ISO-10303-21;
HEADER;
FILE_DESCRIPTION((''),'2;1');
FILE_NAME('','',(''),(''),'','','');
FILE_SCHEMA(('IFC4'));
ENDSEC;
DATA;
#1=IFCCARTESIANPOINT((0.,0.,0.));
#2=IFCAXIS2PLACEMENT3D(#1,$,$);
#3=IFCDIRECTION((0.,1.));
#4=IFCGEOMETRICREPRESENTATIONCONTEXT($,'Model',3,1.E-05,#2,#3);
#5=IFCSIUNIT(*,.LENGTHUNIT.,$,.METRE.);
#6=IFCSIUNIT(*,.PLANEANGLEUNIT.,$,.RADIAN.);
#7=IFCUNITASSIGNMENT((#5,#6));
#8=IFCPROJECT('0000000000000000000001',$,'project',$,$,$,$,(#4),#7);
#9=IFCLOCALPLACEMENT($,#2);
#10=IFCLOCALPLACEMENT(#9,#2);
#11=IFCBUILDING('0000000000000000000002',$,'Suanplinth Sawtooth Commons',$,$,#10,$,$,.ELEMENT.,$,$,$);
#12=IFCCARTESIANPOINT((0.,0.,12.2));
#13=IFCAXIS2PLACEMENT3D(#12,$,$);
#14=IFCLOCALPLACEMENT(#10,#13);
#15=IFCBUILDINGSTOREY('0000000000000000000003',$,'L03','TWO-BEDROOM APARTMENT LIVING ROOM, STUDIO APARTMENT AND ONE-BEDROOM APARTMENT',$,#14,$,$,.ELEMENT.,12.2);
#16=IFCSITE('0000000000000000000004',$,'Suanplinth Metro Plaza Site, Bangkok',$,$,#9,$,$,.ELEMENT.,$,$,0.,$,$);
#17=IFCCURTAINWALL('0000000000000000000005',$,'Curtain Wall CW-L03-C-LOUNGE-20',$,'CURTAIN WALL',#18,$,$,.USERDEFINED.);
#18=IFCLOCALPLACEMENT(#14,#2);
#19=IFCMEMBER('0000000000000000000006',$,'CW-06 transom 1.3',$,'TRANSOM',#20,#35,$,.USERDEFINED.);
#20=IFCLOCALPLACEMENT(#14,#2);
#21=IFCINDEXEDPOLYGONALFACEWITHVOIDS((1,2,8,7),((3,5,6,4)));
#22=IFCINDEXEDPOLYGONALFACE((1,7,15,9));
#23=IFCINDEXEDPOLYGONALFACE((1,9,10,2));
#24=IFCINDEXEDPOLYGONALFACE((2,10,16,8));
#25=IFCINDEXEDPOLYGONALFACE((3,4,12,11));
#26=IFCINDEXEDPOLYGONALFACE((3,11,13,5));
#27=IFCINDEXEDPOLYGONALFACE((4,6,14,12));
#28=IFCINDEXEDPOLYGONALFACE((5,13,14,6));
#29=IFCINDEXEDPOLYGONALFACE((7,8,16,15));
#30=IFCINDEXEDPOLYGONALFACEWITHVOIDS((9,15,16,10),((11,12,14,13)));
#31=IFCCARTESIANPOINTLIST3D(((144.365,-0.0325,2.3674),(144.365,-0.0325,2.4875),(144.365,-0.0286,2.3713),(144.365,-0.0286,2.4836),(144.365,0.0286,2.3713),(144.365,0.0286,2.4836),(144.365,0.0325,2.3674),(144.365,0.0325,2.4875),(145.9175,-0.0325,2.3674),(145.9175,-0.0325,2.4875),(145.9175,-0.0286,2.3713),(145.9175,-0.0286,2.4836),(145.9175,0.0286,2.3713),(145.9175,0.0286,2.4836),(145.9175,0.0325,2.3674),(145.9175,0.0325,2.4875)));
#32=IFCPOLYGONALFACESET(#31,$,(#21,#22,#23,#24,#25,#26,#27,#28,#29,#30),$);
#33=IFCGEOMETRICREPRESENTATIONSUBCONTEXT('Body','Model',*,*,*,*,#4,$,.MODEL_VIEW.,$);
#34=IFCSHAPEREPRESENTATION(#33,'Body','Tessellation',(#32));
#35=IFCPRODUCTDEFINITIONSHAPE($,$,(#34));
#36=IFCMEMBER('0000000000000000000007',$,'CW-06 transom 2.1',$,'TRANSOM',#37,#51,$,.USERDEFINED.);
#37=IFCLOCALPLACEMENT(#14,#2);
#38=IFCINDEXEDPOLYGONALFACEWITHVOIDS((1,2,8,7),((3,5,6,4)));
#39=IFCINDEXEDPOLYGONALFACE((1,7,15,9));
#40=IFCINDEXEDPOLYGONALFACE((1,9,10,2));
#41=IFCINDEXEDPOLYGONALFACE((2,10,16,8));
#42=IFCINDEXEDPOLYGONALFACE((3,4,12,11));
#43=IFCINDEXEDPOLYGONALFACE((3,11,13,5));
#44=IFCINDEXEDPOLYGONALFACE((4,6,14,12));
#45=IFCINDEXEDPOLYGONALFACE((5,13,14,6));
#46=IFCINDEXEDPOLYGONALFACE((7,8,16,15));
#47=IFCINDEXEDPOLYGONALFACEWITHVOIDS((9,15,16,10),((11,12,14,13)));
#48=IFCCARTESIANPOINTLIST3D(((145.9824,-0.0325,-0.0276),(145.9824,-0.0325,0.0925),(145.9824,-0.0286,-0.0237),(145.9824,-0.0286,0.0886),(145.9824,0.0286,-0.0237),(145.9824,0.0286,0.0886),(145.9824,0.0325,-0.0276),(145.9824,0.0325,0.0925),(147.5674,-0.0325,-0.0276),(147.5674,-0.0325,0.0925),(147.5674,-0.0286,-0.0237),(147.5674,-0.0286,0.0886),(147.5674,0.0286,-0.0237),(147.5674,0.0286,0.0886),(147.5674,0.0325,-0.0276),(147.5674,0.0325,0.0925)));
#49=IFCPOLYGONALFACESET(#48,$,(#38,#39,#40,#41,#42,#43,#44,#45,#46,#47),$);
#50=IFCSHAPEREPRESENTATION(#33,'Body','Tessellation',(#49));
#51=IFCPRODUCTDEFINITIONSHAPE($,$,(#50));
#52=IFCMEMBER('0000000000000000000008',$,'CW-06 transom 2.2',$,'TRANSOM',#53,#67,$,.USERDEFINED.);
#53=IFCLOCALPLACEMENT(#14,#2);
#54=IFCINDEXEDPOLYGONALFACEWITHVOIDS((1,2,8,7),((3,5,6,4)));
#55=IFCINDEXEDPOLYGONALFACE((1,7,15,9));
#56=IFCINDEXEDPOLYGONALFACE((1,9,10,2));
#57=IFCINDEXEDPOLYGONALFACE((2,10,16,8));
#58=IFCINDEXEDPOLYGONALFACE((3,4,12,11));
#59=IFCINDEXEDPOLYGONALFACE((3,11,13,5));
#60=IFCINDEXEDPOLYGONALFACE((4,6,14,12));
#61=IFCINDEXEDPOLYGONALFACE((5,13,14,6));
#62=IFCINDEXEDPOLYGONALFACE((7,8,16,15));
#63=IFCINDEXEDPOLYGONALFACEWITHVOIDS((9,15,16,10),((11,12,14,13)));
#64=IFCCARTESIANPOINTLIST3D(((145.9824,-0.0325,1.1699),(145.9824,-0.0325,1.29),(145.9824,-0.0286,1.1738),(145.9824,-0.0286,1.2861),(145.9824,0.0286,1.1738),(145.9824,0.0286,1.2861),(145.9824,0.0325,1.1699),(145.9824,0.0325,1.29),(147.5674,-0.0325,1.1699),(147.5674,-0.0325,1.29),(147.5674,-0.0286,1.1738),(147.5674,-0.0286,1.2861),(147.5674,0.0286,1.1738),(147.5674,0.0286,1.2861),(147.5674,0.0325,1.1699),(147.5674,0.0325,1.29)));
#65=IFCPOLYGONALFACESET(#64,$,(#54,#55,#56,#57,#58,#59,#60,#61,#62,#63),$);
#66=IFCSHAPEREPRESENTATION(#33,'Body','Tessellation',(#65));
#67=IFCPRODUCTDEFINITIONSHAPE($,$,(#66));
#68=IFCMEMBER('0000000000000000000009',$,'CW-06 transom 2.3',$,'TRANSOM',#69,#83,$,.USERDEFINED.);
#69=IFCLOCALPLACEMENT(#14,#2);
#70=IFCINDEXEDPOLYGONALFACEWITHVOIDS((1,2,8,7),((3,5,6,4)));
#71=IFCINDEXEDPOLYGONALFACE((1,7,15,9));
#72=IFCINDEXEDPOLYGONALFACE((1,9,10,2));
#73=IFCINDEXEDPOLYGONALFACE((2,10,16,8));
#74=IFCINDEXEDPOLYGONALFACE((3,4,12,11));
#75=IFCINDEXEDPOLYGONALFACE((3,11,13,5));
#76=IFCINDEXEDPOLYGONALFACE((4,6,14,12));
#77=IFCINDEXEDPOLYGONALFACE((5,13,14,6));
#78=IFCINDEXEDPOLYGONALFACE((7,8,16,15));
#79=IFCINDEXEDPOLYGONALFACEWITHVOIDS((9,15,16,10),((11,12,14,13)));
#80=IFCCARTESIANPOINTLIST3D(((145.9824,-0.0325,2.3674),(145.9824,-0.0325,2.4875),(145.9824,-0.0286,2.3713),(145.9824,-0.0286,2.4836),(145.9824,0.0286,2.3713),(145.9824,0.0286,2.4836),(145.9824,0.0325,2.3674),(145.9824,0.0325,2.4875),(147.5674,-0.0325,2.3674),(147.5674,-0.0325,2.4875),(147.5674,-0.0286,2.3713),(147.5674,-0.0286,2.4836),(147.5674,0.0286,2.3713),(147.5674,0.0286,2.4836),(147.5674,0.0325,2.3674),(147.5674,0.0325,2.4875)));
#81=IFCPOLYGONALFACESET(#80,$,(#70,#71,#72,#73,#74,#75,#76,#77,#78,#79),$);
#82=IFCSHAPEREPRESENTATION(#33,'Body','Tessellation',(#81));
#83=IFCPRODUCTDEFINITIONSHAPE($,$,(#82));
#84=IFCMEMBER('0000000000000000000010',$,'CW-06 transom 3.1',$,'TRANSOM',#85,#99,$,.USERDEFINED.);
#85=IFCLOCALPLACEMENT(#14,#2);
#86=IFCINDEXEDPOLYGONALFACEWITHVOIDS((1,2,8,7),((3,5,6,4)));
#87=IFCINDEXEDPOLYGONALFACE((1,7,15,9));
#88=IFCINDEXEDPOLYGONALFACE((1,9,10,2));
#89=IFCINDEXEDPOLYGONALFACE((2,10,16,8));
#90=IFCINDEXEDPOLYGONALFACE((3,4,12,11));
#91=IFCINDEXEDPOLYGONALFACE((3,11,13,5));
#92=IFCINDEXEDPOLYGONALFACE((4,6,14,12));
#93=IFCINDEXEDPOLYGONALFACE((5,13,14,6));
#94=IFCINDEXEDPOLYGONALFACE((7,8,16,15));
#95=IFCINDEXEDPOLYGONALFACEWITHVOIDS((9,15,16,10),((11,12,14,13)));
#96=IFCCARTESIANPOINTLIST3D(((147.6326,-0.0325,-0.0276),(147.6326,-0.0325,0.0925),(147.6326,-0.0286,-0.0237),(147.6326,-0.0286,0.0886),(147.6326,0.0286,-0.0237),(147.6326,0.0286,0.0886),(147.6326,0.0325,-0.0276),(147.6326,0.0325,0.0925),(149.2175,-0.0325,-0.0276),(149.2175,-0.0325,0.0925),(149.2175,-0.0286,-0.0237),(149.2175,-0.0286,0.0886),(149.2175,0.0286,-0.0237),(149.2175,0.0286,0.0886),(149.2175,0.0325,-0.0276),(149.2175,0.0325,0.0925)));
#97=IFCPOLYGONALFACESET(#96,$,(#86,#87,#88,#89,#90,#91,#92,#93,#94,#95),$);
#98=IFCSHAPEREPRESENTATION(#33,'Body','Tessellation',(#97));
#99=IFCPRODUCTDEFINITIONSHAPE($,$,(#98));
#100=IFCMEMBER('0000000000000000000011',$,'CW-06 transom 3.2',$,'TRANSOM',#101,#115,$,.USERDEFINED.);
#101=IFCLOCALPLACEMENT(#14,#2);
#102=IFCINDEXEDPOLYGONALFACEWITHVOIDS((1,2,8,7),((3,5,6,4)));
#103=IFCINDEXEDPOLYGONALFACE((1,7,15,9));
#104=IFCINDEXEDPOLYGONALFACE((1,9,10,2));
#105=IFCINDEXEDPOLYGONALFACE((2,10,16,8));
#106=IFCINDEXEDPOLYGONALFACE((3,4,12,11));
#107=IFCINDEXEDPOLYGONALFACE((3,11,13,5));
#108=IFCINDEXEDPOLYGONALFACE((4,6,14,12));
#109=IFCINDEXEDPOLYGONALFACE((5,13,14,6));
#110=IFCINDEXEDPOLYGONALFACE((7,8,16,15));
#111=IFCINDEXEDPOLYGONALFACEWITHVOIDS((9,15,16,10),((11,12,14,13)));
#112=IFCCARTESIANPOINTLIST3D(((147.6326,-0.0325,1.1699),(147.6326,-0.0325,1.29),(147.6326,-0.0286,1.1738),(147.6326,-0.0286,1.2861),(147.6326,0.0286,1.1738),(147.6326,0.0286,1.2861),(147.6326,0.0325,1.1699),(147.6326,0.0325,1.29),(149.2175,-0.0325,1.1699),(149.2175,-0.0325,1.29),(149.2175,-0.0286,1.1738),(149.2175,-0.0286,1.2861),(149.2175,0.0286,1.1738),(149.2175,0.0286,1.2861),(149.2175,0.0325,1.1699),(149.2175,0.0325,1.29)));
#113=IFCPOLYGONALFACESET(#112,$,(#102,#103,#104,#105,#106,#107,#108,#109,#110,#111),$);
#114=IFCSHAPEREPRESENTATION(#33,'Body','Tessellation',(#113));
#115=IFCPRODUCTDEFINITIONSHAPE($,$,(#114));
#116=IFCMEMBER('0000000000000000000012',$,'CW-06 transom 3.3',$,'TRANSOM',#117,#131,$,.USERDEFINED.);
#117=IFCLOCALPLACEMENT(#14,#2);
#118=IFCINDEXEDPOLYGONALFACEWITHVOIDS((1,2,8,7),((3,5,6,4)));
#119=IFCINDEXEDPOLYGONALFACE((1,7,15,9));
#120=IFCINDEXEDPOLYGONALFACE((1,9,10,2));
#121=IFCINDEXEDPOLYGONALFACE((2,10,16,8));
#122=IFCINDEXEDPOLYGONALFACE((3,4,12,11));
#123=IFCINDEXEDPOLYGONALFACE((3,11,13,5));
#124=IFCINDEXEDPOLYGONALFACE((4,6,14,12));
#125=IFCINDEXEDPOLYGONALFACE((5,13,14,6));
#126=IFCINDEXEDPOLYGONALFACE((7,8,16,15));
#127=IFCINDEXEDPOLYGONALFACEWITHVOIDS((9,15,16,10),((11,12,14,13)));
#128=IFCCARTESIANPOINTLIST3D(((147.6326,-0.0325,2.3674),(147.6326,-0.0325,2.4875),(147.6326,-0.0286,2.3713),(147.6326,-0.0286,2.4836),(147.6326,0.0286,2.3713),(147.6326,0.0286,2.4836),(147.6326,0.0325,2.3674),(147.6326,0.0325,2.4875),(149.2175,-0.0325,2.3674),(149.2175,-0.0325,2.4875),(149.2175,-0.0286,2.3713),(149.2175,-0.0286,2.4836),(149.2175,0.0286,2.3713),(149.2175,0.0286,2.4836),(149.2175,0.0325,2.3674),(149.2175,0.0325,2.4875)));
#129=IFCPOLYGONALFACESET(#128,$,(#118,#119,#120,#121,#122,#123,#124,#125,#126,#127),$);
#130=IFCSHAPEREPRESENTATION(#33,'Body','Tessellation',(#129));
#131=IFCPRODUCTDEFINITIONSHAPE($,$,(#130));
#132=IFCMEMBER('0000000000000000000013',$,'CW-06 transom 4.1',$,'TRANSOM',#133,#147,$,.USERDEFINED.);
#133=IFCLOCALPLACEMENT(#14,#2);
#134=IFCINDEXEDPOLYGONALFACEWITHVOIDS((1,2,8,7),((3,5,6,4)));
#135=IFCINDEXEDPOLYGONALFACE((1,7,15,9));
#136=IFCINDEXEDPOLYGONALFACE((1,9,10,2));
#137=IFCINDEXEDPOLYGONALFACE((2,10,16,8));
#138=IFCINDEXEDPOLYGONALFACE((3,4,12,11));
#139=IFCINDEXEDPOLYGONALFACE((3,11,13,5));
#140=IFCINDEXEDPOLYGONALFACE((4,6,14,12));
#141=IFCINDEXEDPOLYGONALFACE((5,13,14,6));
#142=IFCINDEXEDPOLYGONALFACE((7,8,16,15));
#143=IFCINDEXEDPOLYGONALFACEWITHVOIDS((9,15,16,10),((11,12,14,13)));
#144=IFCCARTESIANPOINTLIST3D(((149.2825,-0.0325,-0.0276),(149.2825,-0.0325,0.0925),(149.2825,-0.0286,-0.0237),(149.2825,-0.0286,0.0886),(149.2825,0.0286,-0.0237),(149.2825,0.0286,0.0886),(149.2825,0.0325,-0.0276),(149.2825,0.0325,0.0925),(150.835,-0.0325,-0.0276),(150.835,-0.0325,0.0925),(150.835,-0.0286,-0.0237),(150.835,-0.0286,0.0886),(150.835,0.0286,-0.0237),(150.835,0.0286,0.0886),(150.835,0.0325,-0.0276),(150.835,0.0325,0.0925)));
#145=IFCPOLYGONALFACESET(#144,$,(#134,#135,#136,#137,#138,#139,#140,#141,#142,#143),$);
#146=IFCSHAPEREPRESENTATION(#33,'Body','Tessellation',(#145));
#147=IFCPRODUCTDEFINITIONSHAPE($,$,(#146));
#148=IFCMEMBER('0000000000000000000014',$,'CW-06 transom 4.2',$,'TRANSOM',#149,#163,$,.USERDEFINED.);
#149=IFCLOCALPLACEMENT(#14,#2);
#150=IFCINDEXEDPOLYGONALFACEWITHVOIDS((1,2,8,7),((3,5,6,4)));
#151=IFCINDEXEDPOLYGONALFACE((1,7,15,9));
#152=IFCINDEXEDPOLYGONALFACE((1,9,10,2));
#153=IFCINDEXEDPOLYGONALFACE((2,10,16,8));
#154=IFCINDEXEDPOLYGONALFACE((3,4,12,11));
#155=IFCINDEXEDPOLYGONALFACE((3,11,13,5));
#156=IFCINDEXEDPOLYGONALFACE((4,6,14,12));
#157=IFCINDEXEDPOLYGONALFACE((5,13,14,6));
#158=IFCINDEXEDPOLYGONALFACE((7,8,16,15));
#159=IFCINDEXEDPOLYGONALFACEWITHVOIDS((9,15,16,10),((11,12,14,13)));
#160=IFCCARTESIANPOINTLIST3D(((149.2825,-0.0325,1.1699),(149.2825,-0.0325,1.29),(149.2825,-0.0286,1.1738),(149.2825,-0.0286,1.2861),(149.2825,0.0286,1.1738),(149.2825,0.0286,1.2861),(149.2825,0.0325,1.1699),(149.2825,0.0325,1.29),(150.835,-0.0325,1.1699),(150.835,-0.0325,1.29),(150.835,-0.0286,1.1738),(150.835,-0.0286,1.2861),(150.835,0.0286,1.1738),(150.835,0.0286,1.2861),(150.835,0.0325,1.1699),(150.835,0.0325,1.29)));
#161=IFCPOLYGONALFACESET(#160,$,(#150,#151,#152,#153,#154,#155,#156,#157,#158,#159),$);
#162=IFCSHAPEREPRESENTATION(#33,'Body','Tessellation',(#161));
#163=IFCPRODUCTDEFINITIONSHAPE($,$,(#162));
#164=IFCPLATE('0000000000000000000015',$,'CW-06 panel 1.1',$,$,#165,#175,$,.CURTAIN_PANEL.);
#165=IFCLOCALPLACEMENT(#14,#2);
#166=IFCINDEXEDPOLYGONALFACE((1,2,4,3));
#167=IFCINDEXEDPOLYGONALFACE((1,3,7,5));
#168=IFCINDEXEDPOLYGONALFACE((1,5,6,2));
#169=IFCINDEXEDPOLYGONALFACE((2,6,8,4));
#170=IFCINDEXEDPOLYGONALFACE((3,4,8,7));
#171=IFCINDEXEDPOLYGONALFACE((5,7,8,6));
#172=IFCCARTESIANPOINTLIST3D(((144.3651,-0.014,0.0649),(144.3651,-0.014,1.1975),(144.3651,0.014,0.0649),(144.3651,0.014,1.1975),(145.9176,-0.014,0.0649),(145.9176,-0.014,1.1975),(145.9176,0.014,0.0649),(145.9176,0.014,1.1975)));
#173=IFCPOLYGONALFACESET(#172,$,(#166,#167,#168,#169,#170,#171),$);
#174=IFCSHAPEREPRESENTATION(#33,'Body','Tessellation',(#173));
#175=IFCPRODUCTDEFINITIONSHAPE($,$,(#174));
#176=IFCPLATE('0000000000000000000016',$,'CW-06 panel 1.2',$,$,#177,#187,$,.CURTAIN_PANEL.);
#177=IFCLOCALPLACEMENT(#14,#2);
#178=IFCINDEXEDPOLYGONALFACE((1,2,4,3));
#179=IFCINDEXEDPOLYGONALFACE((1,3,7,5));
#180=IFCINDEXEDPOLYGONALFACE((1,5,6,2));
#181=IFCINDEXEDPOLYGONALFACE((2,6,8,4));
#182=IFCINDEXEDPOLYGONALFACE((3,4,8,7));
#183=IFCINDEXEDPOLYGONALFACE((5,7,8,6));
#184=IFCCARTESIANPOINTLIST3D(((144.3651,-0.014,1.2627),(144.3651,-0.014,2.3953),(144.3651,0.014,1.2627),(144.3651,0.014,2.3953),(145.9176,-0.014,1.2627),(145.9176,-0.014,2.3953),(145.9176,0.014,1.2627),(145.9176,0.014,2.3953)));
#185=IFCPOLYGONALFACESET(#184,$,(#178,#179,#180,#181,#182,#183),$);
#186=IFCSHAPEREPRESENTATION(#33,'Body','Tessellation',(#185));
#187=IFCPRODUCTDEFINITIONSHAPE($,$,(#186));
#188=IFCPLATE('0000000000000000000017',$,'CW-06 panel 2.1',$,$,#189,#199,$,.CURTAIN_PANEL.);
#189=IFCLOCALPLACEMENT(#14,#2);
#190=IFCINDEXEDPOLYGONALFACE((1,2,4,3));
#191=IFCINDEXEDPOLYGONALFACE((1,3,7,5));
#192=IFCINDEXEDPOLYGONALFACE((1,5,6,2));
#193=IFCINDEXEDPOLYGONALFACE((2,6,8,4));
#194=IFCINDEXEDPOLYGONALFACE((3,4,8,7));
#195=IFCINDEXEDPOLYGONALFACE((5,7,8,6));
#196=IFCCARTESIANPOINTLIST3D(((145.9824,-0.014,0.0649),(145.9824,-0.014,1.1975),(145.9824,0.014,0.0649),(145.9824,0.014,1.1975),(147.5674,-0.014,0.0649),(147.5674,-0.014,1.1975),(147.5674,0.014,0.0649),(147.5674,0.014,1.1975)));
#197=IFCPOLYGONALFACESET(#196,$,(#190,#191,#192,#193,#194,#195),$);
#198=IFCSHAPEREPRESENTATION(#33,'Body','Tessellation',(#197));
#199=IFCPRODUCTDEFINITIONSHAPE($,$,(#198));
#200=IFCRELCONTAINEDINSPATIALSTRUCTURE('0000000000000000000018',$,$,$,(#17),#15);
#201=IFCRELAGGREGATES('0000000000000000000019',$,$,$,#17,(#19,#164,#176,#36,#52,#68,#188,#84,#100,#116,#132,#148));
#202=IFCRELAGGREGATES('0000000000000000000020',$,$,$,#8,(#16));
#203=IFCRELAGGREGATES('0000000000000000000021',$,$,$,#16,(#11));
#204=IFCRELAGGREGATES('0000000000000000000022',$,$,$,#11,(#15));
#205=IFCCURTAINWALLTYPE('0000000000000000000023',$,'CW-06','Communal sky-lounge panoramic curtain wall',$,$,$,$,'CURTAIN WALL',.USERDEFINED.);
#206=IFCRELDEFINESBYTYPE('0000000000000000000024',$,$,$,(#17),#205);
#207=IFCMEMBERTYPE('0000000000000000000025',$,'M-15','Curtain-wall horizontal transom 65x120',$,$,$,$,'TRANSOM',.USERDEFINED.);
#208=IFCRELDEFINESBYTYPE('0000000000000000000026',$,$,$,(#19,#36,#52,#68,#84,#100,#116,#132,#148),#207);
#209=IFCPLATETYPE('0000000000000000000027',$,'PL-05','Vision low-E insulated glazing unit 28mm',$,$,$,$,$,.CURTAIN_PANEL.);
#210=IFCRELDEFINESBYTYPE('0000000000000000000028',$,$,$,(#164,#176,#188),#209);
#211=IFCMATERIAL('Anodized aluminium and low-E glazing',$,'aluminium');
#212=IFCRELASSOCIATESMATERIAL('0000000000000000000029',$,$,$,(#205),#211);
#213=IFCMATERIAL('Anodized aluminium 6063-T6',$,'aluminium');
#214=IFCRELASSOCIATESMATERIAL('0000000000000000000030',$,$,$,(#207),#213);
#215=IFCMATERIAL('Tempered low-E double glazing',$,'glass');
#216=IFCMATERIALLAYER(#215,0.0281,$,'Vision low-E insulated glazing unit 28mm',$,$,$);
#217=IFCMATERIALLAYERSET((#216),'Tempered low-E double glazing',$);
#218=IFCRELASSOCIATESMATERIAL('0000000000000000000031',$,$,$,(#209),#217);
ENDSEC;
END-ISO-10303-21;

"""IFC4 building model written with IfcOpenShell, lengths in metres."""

from ifc_helpers import new_model, si_unit, direction, frame, origin, origin_2d, place, context, subcontext, project, spatial, rectangle, hollow_rectangle, extrude, material, layer, layer_set, material_profile, profile_set, type_object, element, aggregate, save


model = new_model("IFC4")

# Units and contexts
model_context = context("Model", 3, precision=1e-05, world=origin(), true_north=direction((0.0, 1.0)))
body_context = subcontext(model_context, "Body", "Model", "MODEL_VIEW")
ifc_project = project(units=[si_unit("LENGTHUNIT", "METRE"), si_unit("PLANEANGLEUNIT", "RADIAN")], contexts=[model_context])

# Site, building, storey
site_placement = place(None, origin())
site = spatial("IfcSite", under=ifc_project, at=site_placement, Name="Suanplinth Metro Plaza Site, Bangkok", CompositionType="ELEMENT", RefElevation=0.0)
building_placement = place(site_placement, origin())
building = spatial("IfcBuilding", under=site, at=building_placement, Name="Suanplinth Sawtooth Commons", CompositionType="ELEMENT")
storey_placement = place(building_placement, frame((0.0, 0.0, 12.2)))
storey = spatial("IfcBuildingStorey", under=building, at=storey_placement, Name="L03", Description="TWO-BEDROOM APARTMENT LIVING ROOM, STUDIO APARTMENT AND ONE-BEDROOM APARTMENT", CompositionType="ELEMENT", Elevation=12.2)

# Curtain wall, members, plates
ifc_material_1 = material(Name="Anodized aluminium and low-E glazing", Category="aluminium")
curtain_wall_type = type_object("IfcCurtainWallType", Name="CW-06", Description="Communal sky-lounge panoramic curtain wall", ElementType="CURTAIN WALL", PredefinedType="USERDEFINED", material=ifc_material_1)
curtain_wall_placement = place(storey_placement, origin())
curtain_wall = element("IfcCurtainWall", 1, at=curtain_wall_placement, inside=storey, type_object=curtain_wall_type, Name="Curtain Wall CW-L03-C-LOUNGE-20", ObjectType="CURTAIN WALL", PredefinedType="USERDEFINED")
ifc_material_2 = material(Name="Anodized aluminium 6063-T6", Category="aluminium")
ifc_material_profile_1 = material_profile(ifc_material_2, hollow_rectangle(XDim=0.0649, YDim=0.1201, WallThickness=0.0039, at=origin_2d()), Name="ALU-TRN 65x120")
ifc_profile_set_1 = profile_set([ifc_material_profile_1], Name="Anodized aluminium 6063-T6")
member_type_1 = type_object("IfcMemberType", Name="M-15", Description="Curtain-wall horizontal transom 65x120", ElementType="TRANSOM", PredefinedType="USERDEFINED", material=ifc_profile_set_1)
member_1_placement = place(storey_placement, frame((144.365, 0.0, 2.4275), z_axis=(1.0, 0.0, 0.0), x_axis=(0.0, 1.0, 0.0)))
member_1 = element("IfcMember", 2, at=member_1_placement, type_object=member_type_1, Name="CW-06 transom 1.3", ObjectType="TRANSOM", PredefinedType="USERDEFINED", context=body_context, shape_type="SweptSolid", body=[
    extrude(hollow_rectangle(XDim=0.0649, YDim=0.1201, WallThickness=0.0039, at=origin_2d()), origin(), (0.0, 0.0, 1.0), 1.5525),
])
member_2_placement = place(storey_placement, frame((145.9824, 0.0, 0.0325), z_axis=(1.0, 0.0, 0.0), x_axis=(0.0, 1.0, 0.0)))
member_2 = element("IfcMember", 3, at=member_2_placement, type_object=member_type_1, Name="CW-06 transom 2.1", ObjectType="TRANSOM", PredefinedType="USERDEFINED", context=body_context, shape_type="SweptSolid", body=[
    extrude(hollow_rectangle(XDim=0.0649, YDim=0.1201, WallThickness=0.0039, at=origin_2d()), origin(), (0.0, 0.0, 1.0), 1.585),
])
member_3_placement = place(storey_placement, frame((145.9824, 0.0, 1.23), z_axis=(1.0, 0.0, 0.0), x_axis=(0.0, 1.0, 0.0)))
member_3 = element("IfcMember", 4, at=member_3_placement, type_object=member_type_1, Name="CW-06 transom 2.2", ObjectType="TRANSOM", PredefinedType="USERDEFINED", context=body_context, shape_type="SweptSolid", body=[
    extrude(hollow_rectangle(XDim=0.0649, YDim=0.1201, WallThickness=0.0039, at=origin_2d()), origin(), (0.0, 0.0, 1.0), 1.585),
])
member_4_placement = place(storey_placement, frame((145.9824, 0.0, 2.4275), z_axis=(1.0, 0.0, 0.0), x_axis=(0.0, 1.0, 0.0)))
member_4 = element("IfcMember", 5, at=member_4_placement, type_object=member_type_1, Name="CW-06 transom 2.3", ObjectType="TRANSOM", PredefinedType="USERDEFINED", context=body_context, shape_type="SweptSolid", body=[
    extrude(hollow_rectangle(XDim=0.0649, YDim=0.1201, WallThickness=0.0039, at=origin_2d()), origin(), (0.0, 0.0, 1.0), 1.585),
])
member_5_placement = place(storey_placement, frame((147.6326, 0.0, 0.0325), z_axis=(1.0, 0.0, 0.0), x_axis=(0.0, 1.0, 0.0)))
member_5 = element("IfcMember", 6, at=member_5_placement, type_object=member_type_1, Name="CW-06 transom 3.1", ObjectType="TRANSOM", PredefinedType="USERDEFINED", context=body_context, shape_type="SweptSolid", body=[
    extrude(hollow_rectangle(XDim=0.0649, YDim=0.1201, WallThickness=0.0039, at=origin_2d()), origin(), (0.0, 0.0, 1.0), 1.585),
])
member_6_placement = place(storey_placement, frame((147.6326, 0.0, 1.23), z_axis=(1.0, 0.0, 0.0), x_axis=(0.0, 1.0, 0.0)))
member_6 = element("IfcMember", 7, at=member_6_placement, type_object=member_type_1, Name="CW-06 transom 3.2", ObjectType="TRANSOM", PredefinedType="USERDEFINED", context=body_context, shape_type="SweptSolid", body=[
    extrude(hollow_rectangle(XDim=0.0649, YDim=0.1201, WallThickness=0.0039, at=origin_2d()), origin(), (0.0, 0.0, 1.0), 1.585),
])
member_7_placement = place(storey_placement, frame((147.6326, 0.0, 2.4275), z_axis=(1.0, 0.0, 0.0), x_axis=(0.0, 1.0, 0.0)))
member_7 = element("IfcMember", 8, at=member_7_placement, type_object=member_type_1, Name="CW-06 transom 3.3", ObjectType="TRANSOM", PredefinedType="USERDEFINED", context=body_context, shape_type="SweptSolid", body=[
    extrude(hollow_rectangle(XDim=0.0649, YDim=0.1201, WallThickness=0.0039, at=origin_2d()), origin(), (0.0, 0.0, 1.0), 1.585),
])
member_8_placement = place(storey_placement, frame((149.2825, 0.0, 0.0325), z_axis=(1.0, 0.0, 0.0), x_axis=(0.0, 1.0, 0.0)))
member_8 = element("IfcMember", 9, at=member_8_placement, type_object=member_type_1, Name="CW-06 transom 4.1", ObjectType="TRANSOM", PredefinedType="USERDEFINED", context=body_context, shape_type="SweptSolid", body=[
    extrude(hollow_rectangle(XDim=0.0649, YDim=0.1201, WallThickness=0.0039, at=origin_2d()), origin(), (0.0, 0.0, 1.0), 1.5525),
])
member_9_placement = place(storey_placement, frame((149.2825, 0.0, 1.23), z_axis=(1.0, 0.0, 0.0), x_axis=(0.0, 1.0, 0.0)))
member_9 = element("IfcMember", 10, at=member_9_placement, type_object=member_type_1, Name="CW-06 transom 4.2", ObjectType="TRANSOM", PredefinedType="USERDEFINED", context=body_context, shape_type="SweptSolid", body=[
    extrude(hollow_rectangle(XDim=0.0649, YDim=0.1201, WallThickness=0.0039, at=origin_2d()), origin(), (0.0, 0.0, 1.0), 1.5525),
])
ifc_material_3 = material(Name="Tempered low-E double glazing", Category="glass")
ifc_layer = layer(ifc_material_3, 0.0281, Name="Vision low-E insulated glazing unit 28mm")
ifc_layer_set = layer_set([ifc_layer], Name="Tempered low-E double glazing")
plate_type = type_object("IfcPlateType", Name="PL-05", Description="Vision low-E insulated glazing unit 28mm", PredefinedType="CURTAIN_PANEL", material=ifc_layer_set)
plate_1_placement = place(storey_placement, frame((145.1414, 0.0, 0.0649), z_axis=(0.0, 0.0, 1.0), x_axis=(1.0, 0.0, 0.0)))
plate_1 = element("IfcPlate", 11, at=plate_1_placement, type_object=plate_type, Name="CW-06 panel 1.1", PredefinedType="CURTAIN_PANEL", context=body_context, shape_type="SweptSolid", body=[
    extrude(rectangle(XDim=1.5525, YDim=0.0281, at=origin_2d()), origin(), (0.0, 0.0, 1.0), 1.1326),
])
plate_2_placement = place(storey_placement, frame((145.1414, 0.0, 1.2627), z_axis=(0.0, 0.0, 1.0), x_axis=(1.0, 0.0, 0.0)))
plate_2 = element("IfcPlate", 12, at=plate_2_placement, type_object=plate_type, Name="CW-06 panel 1.2", PredefinedType="CURTAIN_PANEL", context=body_context, shape_type="SweptSolid", body=[
    extrude(rectangle(XDim=1.5525, YDim=0.0281, at=origin_2d()), origin(), (0.0, 0.0, 1.0), 1.1326),
])
plate_3_placement = place(storey_placement, frame((146.7749, 0.0, 0.0649), z_axis=(0.0, 0.0, 1.0), x_axis=(1.0, 0.0, 0.0)))
plate_3 = element("IfcPlate", 13, at=plate_3_placement, type_object=plate_type, Name="CW-06 panel 2.1", PredefinedType="CURTAIN_PANEL", context=body_context, shape_type="SweptSolid", body=[
    extrude(rectangle(XDim=1.585, YDim=0.0281, at=origin_2d()), origin(), (0.0, 0.0, 1.0), 1.1326),
])
aggregate(curtain_wall, [member_1, plate_1, plate_2, member_2, member_3, member_4, plate_3, member_5, member_6, member_7, member_8, member_9])

save(model, "model.ifc")
